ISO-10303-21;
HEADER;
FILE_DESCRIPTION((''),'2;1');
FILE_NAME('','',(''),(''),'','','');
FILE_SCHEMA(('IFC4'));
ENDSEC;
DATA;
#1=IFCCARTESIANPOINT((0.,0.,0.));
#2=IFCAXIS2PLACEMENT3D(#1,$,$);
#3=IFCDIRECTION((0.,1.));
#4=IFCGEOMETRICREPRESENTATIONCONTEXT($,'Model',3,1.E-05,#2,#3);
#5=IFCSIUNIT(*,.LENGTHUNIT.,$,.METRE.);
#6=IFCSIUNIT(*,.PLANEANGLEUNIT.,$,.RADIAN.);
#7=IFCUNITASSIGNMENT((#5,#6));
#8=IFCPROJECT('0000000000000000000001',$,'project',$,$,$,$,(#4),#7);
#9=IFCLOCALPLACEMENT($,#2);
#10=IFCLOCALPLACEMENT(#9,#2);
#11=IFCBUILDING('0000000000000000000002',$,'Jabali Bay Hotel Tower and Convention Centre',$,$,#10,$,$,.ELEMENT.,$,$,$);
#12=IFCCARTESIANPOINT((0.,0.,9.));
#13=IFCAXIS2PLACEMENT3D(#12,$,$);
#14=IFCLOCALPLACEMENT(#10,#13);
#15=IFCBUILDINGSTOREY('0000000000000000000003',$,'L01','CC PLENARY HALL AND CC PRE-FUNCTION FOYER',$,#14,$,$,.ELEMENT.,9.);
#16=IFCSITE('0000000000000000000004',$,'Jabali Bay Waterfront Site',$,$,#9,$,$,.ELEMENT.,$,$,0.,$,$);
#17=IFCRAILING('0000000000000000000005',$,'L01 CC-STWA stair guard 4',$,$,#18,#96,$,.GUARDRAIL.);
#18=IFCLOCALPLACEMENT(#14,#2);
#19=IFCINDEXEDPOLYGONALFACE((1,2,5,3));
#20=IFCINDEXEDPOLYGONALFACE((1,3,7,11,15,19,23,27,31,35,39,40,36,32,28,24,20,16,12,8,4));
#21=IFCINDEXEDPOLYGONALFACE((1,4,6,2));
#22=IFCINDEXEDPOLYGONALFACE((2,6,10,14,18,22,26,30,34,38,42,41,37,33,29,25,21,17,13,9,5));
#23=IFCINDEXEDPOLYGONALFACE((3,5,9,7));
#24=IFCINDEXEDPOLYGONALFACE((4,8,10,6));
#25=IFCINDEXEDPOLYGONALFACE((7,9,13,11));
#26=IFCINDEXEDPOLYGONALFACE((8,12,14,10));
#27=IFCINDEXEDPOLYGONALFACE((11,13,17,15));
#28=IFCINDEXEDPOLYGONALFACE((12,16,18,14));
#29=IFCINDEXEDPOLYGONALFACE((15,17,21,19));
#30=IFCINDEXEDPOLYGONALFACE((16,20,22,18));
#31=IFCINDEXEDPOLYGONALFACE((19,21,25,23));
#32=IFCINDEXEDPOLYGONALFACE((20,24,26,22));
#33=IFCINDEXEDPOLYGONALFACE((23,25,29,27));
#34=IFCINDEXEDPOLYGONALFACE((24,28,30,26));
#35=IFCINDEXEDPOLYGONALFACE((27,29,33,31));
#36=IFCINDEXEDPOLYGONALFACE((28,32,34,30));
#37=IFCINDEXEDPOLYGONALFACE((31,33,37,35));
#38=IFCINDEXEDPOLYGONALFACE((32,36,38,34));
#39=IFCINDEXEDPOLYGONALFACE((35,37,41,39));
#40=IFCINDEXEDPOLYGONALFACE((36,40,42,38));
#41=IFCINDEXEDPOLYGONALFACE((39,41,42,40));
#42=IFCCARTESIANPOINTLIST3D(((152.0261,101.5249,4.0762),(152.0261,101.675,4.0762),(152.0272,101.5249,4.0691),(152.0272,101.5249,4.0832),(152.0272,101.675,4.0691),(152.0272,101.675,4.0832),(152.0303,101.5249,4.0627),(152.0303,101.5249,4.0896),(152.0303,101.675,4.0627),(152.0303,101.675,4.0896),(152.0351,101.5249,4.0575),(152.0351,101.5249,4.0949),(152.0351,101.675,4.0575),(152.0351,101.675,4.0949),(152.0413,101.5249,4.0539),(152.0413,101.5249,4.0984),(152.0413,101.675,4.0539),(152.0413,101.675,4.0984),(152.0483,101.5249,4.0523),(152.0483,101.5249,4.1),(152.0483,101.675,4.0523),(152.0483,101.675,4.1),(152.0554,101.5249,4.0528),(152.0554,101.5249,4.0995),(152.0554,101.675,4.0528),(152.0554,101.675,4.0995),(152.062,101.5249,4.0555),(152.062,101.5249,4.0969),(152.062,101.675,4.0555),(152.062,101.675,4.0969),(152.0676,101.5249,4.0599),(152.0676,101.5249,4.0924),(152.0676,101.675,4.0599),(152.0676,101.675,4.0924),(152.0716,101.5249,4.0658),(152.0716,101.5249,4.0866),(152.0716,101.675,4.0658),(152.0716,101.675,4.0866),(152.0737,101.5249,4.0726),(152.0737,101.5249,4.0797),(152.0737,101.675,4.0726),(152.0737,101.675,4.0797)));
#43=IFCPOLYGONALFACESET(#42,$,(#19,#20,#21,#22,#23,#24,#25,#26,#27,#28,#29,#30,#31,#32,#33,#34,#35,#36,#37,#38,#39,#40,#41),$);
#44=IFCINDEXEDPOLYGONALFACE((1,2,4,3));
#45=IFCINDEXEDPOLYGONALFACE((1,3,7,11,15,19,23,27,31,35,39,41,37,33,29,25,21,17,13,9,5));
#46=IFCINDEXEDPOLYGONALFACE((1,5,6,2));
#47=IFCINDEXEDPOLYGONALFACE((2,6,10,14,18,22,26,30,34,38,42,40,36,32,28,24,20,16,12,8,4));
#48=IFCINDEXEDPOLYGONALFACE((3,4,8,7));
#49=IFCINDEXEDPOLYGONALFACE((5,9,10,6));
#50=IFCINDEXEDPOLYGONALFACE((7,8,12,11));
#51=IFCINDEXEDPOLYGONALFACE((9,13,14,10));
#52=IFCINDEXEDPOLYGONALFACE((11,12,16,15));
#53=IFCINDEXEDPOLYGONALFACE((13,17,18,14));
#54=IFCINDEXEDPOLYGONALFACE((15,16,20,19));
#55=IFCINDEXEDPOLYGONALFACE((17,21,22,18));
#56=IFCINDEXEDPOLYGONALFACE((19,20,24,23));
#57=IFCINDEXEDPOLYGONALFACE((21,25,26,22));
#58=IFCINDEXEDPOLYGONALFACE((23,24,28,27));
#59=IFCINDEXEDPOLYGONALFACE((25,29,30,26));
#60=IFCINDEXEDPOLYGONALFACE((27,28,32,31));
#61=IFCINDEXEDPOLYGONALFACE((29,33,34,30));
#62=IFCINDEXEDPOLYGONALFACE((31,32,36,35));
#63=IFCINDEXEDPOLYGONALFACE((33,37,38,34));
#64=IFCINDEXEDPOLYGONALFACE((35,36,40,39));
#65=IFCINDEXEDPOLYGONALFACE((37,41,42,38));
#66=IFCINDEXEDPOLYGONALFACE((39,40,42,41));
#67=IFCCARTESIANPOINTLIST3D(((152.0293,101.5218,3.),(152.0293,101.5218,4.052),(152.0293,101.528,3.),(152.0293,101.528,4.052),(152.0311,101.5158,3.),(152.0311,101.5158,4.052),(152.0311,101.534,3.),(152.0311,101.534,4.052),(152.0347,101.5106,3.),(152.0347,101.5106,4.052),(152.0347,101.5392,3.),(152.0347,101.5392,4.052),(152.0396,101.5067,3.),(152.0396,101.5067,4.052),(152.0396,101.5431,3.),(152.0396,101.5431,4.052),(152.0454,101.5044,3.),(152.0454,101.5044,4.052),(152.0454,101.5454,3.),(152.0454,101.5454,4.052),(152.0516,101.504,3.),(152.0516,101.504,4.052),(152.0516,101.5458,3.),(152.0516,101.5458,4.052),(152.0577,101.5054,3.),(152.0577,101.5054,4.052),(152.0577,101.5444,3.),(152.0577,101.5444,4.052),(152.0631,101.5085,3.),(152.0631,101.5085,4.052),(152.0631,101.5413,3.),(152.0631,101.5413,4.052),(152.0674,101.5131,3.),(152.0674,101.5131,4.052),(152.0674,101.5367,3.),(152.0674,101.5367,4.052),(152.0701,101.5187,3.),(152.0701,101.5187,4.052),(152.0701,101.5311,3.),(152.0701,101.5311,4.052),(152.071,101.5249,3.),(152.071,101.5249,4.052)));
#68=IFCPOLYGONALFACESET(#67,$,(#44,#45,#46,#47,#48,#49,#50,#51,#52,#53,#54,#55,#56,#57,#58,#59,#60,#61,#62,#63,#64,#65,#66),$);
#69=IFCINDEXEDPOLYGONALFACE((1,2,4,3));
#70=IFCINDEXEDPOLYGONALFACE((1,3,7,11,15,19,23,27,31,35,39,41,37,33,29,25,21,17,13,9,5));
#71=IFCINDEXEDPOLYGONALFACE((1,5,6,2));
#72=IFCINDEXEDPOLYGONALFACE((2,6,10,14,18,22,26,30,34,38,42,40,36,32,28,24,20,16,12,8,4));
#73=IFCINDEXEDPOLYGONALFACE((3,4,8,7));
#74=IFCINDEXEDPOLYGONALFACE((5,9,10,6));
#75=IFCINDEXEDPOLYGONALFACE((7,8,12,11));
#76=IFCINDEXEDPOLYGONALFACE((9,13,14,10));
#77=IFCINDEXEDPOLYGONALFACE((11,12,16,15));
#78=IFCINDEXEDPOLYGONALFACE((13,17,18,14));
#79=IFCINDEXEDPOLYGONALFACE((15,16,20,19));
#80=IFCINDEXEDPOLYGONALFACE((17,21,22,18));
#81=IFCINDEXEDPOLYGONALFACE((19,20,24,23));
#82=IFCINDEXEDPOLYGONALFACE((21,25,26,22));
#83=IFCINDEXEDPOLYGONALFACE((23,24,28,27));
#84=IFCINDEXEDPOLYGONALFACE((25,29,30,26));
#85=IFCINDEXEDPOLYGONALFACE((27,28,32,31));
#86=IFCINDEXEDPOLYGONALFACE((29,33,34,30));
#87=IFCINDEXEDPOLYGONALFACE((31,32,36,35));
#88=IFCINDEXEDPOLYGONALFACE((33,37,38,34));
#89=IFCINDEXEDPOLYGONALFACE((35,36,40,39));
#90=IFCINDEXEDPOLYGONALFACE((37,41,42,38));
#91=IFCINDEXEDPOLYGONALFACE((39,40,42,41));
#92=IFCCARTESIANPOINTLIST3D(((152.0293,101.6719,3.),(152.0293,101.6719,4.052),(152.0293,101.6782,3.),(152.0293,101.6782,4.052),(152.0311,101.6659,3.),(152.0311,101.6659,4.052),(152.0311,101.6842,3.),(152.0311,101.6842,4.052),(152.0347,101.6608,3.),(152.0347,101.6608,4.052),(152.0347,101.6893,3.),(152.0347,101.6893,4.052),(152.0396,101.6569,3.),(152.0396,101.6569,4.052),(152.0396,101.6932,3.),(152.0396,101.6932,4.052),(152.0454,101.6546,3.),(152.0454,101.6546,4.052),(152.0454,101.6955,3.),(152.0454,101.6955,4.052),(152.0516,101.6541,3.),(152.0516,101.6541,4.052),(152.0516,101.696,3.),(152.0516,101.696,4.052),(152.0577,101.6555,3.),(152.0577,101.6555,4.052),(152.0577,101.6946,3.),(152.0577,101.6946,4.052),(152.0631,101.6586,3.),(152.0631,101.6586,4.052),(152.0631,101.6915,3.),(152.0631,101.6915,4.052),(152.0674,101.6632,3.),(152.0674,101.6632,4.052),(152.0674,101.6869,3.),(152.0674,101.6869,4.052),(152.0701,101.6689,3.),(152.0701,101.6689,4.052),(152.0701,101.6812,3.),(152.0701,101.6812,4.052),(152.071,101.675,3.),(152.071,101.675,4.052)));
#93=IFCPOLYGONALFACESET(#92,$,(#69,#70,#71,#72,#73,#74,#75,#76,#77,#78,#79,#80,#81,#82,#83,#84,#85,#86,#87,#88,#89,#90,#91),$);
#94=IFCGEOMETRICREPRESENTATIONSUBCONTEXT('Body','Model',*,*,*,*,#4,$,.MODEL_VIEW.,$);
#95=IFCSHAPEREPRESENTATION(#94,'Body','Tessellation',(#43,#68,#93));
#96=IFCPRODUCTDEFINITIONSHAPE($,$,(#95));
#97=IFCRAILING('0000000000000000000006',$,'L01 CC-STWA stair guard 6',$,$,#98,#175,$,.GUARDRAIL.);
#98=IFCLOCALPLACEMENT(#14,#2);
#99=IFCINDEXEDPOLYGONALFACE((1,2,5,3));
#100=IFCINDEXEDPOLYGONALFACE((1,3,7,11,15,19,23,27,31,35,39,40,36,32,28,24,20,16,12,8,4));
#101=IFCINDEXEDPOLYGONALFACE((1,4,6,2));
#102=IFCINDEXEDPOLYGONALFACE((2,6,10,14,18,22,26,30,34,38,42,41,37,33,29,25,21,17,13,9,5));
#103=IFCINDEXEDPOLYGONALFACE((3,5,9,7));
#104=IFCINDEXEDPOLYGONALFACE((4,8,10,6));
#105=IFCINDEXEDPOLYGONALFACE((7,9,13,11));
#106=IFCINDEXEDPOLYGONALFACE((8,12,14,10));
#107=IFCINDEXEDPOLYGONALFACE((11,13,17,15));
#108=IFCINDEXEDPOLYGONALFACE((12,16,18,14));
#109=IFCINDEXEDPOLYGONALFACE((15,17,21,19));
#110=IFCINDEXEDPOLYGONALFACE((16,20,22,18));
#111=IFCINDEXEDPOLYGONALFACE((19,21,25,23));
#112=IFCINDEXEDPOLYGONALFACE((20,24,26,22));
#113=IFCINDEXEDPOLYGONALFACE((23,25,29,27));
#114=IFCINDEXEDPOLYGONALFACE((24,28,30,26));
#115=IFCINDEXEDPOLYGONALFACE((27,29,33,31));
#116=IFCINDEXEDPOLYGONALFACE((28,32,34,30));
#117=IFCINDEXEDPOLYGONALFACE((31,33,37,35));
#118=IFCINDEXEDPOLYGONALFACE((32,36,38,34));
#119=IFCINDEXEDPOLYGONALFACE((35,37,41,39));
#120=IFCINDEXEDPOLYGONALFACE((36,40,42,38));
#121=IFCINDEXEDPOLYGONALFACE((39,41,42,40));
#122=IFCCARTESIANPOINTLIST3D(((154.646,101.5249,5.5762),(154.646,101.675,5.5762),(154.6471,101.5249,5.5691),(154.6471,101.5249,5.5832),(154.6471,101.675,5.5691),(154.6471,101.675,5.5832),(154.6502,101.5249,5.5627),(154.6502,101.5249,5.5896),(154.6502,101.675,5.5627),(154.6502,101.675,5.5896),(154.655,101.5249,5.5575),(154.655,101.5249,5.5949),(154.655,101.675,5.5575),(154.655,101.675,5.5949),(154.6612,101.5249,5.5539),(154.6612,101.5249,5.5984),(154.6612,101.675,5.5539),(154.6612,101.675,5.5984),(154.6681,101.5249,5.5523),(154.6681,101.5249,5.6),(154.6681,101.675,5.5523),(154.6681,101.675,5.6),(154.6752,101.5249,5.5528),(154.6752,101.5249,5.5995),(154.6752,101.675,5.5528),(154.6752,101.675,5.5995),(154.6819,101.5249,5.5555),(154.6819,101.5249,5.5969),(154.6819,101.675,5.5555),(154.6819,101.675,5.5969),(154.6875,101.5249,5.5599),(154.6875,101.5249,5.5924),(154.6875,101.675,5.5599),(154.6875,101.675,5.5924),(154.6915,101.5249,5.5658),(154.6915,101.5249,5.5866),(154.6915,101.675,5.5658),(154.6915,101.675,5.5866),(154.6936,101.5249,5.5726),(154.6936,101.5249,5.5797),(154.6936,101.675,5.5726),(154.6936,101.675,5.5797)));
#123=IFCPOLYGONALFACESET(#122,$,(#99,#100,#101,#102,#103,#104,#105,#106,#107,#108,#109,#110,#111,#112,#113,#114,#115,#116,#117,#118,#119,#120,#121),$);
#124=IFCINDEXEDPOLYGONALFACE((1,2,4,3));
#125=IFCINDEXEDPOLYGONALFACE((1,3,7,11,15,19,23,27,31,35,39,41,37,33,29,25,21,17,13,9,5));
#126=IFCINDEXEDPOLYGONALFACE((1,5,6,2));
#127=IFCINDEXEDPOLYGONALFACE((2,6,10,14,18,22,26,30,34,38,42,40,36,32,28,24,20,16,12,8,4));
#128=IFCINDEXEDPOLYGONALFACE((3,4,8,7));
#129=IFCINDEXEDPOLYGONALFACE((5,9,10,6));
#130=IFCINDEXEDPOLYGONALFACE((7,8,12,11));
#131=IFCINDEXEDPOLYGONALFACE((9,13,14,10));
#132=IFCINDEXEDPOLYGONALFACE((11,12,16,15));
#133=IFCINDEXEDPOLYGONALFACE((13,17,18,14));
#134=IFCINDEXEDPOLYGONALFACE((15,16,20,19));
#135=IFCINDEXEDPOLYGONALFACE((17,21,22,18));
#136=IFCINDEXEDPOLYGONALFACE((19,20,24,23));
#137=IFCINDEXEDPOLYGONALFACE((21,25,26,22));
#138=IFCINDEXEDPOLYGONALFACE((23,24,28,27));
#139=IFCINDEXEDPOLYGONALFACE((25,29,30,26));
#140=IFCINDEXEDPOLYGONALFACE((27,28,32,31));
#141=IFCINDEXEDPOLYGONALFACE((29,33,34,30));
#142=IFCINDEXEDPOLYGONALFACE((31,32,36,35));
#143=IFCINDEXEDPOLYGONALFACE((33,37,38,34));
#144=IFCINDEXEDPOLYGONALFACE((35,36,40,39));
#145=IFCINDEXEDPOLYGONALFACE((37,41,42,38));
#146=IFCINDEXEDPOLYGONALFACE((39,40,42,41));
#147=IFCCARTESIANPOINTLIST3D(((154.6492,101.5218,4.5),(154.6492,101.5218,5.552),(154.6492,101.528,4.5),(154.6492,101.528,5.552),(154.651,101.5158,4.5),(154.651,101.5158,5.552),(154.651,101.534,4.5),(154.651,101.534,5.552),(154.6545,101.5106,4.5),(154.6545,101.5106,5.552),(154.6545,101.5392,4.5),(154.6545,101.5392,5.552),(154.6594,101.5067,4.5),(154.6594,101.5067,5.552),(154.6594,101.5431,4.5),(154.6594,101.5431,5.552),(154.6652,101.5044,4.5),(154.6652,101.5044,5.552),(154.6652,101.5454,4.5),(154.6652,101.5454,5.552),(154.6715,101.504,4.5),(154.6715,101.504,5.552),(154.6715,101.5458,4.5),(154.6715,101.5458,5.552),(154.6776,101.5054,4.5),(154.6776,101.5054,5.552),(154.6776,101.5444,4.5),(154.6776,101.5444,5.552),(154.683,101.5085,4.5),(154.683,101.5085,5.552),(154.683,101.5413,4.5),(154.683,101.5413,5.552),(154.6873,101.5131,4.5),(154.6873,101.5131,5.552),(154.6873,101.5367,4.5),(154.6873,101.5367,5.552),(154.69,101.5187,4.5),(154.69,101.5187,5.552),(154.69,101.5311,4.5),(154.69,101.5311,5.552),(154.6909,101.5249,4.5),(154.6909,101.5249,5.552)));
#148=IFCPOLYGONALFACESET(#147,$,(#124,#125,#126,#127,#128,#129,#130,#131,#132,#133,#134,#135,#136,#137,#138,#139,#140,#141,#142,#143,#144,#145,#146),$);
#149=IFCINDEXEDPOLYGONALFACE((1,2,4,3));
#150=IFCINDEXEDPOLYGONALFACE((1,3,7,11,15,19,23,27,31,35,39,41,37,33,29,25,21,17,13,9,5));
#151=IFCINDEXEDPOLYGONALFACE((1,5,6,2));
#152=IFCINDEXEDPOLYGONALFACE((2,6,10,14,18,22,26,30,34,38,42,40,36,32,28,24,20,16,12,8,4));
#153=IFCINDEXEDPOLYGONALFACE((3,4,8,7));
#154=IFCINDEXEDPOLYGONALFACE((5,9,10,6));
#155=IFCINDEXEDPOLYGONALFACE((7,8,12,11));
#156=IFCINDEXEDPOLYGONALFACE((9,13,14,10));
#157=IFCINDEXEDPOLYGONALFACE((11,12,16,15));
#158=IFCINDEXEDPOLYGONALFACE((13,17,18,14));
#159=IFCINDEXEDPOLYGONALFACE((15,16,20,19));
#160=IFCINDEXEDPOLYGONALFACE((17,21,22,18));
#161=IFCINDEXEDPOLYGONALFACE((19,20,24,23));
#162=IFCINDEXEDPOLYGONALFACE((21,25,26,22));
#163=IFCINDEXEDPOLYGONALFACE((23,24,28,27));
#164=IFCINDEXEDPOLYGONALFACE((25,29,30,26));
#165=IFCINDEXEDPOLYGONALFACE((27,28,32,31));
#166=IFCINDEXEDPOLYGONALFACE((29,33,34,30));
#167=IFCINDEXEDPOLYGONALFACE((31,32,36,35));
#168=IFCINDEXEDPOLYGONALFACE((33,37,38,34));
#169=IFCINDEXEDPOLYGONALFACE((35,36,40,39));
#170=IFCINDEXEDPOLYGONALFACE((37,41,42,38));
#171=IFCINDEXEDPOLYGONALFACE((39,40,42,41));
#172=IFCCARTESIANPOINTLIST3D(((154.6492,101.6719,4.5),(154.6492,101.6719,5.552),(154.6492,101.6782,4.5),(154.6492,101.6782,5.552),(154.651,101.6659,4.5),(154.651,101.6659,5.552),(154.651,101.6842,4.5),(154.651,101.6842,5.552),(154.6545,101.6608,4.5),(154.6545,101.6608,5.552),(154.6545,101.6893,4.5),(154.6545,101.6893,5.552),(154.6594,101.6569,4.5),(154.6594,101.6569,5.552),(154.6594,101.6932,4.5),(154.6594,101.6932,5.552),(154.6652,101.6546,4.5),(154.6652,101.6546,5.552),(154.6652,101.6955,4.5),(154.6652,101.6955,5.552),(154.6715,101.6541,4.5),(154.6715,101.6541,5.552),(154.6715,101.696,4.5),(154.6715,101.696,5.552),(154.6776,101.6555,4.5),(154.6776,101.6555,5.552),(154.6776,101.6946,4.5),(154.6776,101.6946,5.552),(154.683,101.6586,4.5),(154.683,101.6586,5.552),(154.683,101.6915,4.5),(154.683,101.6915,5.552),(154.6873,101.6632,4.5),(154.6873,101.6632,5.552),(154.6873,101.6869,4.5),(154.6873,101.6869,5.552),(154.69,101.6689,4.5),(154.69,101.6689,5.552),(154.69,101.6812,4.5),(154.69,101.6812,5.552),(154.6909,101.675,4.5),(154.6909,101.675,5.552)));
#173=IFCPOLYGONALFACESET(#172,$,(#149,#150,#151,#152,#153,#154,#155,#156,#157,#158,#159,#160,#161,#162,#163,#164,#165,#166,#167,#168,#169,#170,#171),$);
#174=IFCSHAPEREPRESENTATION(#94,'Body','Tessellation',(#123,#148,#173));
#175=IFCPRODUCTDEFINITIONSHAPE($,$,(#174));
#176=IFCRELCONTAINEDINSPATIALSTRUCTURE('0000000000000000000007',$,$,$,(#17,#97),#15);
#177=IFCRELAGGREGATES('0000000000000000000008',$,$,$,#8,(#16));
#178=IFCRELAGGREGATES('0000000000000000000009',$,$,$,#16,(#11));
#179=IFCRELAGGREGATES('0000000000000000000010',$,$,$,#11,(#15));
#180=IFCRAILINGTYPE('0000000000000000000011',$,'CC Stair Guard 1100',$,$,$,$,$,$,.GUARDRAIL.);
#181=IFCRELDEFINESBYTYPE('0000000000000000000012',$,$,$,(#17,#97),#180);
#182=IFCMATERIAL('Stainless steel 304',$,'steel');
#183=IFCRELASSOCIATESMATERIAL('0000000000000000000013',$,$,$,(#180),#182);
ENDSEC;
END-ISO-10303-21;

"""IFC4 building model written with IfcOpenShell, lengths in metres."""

from ifc_helpers import new_model, si_unit, direction, frame, origin, origin_2d, place, context, subcontext, project, spatial, circle, extrude, material, type_object, element, save


model = new_model("IFC4")

# Units and contexts
model_context = context("Model", 3, precision=1e-05, world=origin(), true_north=direction((0.0, 1.0)))
body_context = subcontext(model_context, "Body", "Model", "MODEL_VIEW")
ifc_project = project(units=[si_unit("LENGTHUNIT", "METRE"), si_unit("PLANEANGLEUNIT", "RADIAN")], contexts=[model_context])

# Site, building, storey
site_placement = place(None, origin())
site = spatial("IfcSite", under=ifc_project, at=site_placement, Name="Jabali Bay Waterfront Site", CompositionType="ELEMENT", RefElevation=0.0)
building_placement = place(site_placement, origin())
building = spatial("IfcBuilding", under=site, at=building_placement, Name="Jabali Bay Hotel Tower and Convention Centre", CompositionType="ELEMENT")
storey_placement = place(building_placement, frame((0.0, 0.0, 9.0)))
storey = spatial("IfcBuildingStorey", under=building, at=storey_placement, Name="L01", Description="CC PLENARY HALL AND CC PRE-FUNCTION FOYER", CompositionType="ELEMENT", Elevation=9.0)

# Railings
ifc_material_1 = material(Name="Stainless steel 304", Category="steel")
railing_type_1 = type_object("IfcRailingType", Name="CC Stair Guard 1100", PredefinedType="GUARDRAIL", material=ifc_material_1)
for number, where, name in (
    (1, (152.05, 101.5249, 3.0), "L01 CC-STWA stair guard 4"),
    (2, (154.6699, 101.5249, 4.5), "L01 CC-STWA stair guard 6"),
):
    element("IfcRailing", number, at=place(storey_placement, frame(where)), inside=storey, type_object=railing_type_1, Name=name, PredefinedType="GUARDRAIL", context=body_context, shape_type="SweptSolid", body=[
        extrude(circle(Radius=0.0239, at=origin_2d()), frame((0.0, 0.0, 1.0762), z_axis=(0.0, 1.0, 0.0), x_axis=(-1.0, 0.0, 0.0)), (0.0, 0.0, 1.0), 0.1501),
        extrude(circle(Radius=0.021, at=origin_2d()), origin(), (0.0, 0.0, 1.0), 1.052),
        extrude(circle(Radius=0.021, at=origin_2d()), frame((0.0, 0.1501, 0.0)), (0.0, 0.0, 1.0), 1.052),
    ])

save(model, "model.ifc")
